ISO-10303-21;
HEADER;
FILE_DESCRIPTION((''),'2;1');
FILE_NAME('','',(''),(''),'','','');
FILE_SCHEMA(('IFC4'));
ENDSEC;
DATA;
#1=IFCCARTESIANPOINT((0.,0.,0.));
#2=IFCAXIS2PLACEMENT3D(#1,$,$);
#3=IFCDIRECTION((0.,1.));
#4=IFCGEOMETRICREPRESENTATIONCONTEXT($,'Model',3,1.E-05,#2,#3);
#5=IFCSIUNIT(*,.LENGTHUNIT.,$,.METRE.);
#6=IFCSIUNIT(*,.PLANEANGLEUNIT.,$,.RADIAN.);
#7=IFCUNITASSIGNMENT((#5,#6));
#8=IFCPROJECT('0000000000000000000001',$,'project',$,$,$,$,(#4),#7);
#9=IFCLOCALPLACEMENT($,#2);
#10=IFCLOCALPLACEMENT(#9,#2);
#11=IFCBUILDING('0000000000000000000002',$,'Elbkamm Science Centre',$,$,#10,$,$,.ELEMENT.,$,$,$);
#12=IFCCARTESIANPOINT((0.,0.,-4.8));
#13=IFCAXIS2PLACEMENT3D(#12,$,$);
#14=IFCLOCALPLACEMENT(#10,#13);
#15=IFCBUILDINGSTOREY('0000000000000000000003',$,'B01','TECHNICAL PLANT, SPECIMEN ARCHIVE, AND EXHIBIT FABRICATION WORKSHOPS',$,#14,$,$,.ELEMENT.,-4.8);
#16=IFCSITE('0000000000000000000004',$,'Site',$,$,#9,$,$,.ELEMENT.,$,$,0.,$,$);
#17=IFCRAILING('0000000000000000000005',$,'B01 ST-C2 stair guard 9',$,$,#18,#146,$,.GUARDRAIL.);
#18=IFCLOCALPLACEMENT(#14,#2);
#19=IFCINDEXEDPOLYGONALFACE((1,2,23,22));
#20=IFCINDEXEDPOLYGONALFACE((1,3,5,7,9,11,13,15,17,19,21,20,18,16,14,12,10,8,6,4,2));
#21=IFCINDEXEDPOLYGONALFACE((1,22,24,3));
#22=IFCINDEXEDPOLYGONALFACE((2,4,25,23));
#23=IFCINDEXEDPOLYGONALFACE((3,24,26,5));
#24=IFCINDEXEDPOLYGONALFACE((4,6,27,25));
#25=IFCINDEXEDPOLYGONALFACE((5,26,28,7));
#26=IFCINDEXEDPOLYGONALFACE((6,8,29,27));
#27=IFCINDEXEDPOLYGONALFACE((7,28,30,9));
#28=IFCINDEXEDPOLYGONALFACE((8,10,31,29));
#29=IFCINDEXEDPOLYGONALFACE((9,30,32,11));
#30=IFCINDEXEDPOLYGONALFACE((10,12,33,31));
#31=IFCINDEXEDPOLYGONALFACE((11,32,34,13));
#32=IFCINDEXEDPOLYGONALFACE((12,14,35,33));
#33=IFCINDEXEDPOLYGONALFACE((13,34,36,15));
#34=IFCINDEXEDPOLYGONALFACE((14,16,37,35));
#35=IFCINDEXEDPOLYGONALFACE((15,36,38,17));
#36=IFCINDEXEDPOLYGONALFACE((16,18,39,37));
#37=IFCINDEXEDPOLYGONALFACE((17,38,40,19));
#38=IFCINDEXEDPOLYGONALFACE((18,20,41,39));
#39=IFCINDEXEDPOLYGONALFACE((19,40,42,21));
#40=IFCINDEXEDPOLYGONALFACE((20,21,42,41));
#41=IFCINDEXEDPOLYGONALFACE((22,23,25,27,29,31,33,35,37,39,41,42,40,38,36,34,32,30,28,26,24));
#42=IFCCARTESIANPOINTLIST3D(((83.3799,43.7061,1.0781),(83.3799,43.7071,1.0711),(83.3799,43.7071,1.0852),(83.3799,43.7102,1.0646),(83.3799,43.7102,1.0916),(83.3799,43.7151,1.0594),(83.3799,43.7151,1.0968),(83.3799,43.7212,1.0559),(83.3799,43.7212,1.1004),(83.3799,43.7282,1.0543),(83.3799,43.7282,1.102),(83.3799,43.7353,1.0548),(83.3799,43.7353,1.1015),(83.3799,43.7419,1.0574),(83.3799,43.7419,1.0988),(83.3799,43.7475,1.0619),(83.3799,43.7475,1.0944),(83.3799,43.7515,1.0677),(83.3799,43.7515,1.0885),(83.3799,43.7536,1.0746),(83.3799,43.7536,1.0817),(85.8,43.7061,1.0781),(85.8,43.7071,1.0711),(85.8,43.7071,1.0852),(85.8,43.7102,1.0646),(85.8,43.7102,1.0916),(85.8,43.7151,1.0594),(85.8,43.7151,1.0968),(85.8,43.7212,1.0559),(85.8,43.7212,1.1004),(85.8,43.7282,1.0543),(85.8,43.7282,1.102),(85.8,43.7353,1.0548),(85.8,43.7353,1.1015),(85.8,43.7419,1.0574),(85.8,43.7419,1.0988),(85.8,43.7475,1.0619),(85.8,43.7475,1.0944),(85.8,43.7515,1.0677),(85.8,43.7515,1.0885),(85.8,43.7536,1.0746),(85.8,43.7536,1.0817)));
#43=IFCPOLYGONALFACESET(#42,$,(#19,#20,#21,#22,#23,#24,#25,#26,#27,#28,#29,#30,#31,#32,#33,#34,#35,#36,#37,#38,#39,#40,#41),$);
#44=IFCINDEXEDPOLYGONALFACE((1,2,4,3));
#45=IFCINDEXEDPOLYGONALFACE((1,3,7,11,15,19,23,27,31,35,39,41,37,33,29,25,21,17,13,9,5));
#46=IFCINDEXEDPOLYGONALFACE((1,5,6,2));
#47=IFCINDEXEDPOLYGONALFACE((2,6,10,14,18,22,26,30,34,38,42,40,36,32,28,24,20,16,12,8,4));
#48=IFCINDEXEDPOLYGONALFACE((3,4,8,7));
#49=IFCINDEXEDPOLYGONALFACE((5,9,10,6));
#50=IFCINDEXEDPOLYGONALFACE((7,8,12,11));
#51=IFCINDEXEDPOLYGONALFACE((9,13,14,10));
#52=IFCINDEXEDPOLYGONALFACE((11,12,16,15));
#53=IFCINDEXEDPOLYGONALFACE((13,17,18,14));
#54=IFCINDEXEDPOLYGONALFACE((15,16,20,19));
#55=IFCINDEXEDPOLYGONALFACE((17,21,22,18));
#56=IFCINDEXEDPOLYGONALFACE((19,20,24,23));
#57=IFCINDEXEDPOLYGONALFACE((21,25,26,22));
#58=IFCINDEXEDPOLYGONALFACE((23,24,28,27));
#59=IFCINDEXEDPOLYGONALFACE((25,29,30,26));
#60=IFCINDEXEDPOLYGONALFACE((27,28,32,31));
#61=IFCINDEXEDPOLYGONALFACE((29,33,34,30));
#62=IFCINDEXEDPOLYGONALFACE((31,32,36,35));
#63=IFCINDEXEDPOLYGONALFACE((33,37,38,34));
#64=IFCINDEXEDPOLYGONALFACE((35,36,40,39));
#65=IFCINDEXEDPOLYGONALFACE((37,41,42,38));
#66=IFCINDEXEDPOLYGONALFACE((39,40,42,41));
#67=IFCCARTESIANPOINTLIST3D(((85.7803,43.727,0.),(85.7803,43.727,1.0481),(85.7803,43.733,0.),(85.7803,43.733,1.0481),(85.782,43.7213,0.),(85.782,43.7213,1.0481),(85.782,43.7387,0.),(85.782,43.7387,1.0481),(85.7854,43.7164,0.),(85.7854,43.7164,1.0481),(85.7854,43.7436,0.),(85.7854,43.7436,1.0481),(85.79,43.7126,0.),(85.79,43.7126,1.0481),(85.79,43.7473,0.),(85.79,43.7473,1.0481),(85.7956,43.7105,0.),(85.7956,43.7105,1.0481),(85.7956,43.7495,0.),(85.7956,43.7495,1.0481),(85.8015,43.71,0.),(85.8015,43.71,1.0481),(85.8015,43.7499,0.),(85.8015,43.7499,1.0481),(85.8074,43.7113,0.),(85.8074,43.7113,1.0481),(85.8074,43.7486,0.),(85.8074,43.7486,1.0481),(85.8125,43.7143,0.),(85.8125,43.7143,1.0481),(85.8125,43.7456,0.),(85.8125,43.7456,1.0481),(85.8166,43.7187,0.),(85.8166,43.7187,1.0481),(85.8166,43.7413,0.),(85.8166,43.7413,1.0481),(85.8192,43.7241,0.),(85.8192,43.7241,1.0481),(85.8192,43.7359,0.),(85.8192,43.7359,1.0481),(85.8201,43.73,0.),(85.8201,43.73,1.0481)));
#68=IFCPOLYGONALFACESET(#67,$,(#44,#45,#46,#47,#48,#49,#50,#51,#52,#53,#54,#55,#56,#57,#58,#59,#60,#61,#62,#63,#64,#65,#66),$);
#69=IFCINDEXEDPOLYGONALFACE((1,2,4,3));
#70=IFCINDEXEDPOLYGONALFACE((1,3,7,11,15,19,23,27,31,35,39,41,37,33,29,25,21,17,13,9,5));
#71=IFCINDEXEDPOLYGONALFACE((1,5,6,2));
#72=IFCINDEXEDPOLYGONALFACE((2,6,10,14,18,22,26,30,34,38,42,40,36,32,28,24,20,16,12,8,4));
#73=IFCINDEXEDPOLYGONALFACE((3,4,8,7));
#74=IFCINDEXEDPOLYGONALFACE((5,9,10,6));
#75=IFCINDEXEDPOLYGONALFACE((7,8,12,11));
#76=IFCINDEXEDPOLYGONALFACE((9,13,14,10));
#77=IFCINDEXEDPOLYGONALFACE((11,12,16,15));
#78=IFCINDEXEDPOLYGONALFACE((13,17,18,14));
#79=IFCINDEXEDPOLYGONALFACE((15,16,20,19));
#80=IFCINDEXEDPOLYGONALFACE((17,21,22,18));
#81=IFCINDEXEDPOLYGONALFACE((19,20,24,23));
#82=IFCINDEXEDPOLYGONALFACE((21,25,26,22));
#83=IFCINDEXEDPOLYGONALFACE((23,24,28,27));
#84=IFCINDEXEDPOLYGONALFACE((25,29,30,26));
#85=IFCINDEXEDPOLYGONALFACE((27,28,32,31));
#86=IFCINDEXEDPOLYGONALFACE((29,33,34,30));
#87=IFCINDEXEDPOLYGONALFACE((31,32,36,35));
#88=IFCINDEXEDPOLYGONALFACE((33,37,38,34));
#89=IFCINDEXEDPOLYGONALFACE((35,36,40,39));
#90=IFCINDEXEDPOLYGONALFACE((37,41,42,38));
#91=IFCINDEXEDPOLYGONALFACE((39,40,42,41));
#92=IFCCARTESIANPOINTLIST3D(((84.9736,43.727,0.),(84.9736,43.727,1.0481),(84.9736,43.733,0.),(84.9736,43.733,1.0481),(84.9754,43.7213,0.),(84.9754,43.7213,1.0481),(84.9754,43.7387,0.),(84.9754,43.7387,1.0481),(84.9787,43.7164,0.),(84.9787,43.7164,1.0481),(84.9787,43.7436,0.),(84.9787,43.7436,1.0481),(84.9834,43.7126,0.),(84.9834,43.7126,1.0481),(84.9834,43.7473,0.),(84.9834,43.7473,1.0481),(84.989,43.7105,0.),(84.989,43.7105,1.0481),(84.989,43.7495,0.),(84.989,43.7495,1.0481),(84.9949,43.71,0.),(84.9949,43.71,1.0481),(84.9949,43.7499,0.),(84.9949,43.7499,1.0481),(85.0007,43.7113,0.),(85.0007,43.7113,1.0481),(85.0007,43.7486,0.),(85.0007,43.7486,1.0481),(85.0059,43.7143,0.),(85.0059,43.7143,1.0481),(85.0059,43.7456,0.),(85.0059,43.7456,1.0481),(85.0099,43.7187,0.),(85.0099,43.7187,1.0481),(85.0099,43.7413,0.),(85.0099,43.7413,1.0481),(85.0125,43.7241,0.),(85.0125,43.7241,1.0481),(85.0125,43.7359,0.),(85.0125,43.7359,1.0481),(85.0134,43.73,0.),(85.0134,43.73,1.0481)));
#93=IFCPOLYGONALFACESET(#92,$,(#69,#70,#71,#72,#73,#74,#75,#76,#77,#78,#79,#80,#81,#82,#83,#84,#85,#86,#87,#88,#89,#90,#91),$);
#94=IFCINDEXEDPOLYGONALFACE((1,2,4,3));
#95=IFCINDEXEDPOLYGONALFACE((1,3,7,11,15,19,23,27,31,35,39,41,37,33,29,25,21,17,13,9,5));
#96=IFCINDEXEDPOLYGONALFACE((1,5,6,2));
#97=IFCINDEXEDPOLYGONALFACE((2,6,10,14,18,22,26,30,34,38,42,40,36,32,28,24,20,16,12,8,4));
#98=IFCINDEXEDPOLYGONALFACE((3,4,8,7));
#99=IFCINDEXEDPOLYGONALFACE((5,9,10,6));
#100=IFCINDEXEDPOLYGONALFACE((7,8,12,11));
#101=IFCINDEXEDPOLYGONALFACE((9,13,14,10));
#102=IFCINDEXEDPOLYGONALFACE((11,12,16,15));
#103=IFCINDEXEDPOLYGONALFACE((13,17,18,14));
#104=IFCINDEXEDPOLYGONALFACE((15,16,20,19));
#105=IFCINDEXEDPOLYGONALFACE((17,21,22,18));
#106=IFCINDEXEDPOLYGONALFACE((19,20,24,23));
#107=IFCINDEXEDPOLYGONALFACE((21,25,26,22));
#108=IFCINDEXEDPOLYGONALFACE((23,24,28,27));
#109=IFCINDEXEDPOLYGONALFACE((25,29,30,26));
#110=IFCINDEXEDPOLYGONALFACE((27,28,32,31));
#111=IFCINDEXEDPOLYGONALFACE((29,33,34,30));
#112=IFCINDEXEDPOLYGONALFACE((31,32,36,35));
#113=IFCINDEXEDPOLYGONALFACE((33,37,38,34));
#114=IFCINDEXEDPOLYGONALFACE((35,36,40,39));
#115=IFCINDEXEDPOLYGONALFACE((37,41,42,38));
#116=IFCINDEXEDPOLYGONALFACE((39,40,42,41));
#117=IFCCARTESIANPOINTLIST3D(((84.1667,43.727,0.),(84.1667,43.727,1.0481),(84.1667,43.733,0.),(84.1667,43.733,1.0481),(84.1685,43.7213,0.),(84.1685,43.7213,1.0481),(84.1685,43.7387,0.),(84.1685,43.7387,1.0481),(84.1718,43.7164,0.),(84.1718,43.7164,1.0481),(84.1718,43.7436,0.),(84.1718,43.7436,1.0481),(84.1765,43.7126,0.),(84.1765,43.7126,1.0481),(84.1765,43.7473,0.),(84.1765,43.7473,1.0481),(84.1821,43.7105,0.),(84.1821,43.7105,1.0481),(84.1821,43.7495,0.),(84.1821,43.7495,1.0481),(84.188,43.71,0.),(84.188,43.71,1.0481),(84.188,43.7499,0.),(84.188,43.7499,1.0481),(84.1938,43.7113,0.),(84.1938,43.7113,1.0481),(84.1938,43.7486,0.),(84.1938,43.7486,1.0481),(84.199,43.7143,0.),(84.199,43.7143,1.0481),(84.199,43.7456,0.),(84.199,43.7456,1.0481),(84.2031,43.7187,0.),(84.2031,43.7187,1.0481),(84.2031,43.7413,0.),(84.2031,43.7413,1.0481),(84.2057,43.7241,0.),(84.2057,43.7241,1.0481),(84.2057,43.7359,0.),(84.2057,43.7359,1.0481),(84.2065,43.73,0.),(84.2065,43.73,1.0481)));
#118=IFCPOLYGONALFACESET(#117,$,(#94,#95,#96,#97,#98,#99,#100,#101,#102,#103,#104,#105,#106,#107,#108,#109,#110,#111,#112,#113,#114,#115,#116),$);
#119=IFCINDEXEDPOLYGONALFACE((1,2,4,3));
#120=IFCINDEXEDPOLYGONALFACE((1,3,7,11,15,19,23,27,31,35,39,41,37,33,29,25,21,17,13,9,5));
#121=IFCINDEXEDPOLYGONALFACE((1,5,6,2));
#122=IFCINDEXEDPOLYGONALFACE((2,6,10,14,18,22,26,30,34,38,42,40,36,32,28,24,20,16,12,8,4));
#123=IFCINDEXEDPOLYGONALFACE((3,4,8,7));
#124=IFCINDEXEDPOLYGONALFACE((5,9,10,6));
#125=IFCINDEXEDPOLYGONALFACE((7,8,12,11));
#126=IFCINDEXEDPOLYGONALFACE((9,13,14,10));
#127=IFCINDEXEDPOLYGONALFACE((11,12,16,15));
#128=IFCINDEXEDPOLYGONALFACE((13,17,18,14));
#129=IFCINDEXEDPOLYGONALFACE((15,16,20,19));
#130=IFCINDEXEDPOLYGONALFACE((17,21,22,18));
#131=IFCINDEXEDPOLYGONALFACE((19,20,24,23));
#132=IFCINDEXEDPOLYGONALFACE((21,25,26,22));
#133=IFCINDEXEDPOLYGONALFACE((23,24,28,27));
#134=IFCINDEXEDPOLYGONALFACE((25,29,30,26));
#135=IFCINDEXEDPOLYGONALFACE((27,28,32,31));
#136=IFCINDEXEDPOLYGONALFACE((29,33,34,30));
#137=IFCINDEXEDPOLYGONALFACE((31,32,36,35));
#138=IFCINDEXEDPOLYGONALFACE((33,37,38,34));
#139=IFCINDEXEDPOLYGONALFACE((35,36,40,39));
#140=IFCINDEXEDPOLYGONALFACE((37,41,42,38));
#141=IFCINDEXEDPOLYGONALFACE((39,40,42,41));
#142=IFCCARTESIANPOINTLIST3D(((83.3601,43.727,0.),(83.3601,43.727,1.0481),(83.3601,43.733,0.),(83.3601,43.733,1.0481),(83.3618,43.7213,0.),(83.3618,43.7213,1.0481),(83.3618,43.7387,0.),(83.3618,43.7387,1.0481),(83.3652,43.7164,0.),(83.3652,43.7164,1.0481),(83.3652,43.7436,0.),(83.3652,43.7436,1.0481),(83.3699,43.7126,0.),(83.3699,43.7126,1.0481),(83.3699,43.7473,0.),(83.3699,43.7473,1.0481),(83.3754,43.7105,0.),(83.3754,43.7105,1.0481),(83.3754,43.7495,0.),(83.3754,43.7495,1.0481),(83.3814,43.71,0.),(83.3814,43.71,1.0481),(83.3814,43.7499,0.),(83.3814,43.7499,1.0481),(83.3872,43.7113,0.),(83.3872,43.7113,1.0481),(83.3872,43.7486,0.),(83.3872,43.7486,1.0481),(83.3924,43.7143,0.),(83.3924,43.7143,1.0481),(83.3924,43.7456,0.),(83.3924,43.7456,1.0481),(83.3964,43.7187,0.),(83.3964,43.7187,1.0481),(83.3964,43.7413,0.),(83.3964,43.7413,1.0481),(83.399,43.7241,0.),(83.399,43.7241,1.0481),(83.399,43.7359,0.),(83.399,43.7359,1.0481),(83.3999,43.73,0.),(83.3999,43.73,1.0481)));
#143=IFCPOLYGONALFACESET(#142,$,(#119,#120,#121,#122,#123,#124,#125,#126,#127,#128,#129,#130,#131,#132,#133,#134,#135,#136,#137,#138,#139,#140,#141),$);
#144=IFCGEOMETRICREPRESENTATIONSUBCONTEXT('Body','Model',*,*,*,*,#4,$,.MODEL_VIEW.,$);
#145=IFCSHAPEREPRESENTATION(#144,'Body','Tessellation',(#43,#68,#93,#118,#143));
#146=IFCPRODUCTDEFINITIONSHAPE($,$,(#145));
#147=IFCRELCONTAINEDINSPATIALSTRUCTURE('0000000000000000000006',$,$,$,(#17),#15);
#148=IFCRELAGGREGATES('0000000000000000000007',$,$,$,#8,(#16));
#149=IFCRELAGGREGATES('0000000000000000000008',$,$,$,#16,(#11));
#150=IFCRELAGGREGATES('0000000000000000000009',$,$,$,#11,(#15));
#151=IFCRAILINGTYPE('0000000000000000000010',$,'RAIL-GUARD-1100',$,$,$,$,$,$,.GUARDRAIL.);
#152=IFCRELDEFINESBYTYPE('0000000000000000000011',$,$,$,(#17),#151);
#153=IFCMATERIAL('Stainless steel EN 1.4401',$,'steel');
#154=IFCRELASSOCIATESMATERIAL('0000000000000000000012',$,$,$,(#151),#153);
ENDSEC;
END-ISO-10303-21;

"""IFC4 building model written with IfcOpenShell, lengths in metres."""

from ifc_helpers import new_model, si_unit, direction, frame, origin, origin_2d, place, context, subcontext, project, spatial, circle, extrude, material, type_object, element, save


model = new_model("IFC4")

# Units and contexts
model_context = context("Model", 3, precision=1e-05, world=origin(), true_north=direction((0.0, 1.0)))
body_context = subcontext(model_context, "Body", "Model", "MODEL_VIEW")
ifc_project = project(units=[si_unit("LENGTHUNIT", "METRE"), si_unit("PLANEANGLEUNIT", "RADIAN")], contexts=[model_context])

# Site, building, storey
site_placement = place(None, origin())
site = spatial("IfcSite", under=ifc_project, at=site_placement, Name="Site", CompositionType="ELEMENT", RefElevation=0.0)
building_placement = place(site_placement, origin())
building = spatial("IfcBuilding", under=site, at=building_placement, Name="Elbkamm Science Centre", CompositionType="ELEMENT")
storey_placement = place(building_placement, frame((0.0, 0.0, -4.8)))
storey = spatial("IfcBuildingStorey", under=building, at=storey_placement, Name="B01", Description="TECHNICAL PLANT, SPECIMEN ARCHIVE, AND EXHIBIT FABRICATION WORKSHOPS", CompositionType="ELEMENT", Elevation=-4.8)

# Railing
ifc_material_1 = material(Name="Stainless steel EN 1.4401", Category="steel")
railing_type_1 = type_object("IfcRailingType", Name="RAIL-GUARD-1100", PredefinedType="GUARDRAIL", material=ifc_material_1)
for number, where, name in (
    (1, (85.8, 43.73, 0.0), "B01 ST-C2 stair guard 9"),
):
    element("IfcRailing", number, at=place(storey_placement, frame(where)), inside=storey, type_object=railing_type_1, Name=name, PredefinedType="GUARDRAIL", context=body_context, shape_type="SweptSolid", body=[
        extrude(circle(Radius=0.0239, at=origin_2d()), frame((0.0, 0.0, 1.0781), z_axis=(-1.0, 0.0, 0.0), x_axis=(0.0, -1.0, 0.0)), (0.0, 0.0, 1.0), 2.4202),
        extrude(circle(Radius=0.02, at=origin_2d()), origin(), (0.0, 0.0, 1.0), 1.0481),
        extrude(circle(Radius=0.02, at=origin_2d()), frame((-0.8066, 0.0, 0.0)), (0.0, 0.0, 1.0), 1.0481),
        extrude(circle(Radius=0.02, at=origin_2d()), frame((-1.6135, 0.0, 0.0)), (0.0, 0.0, 1.0), 1.0481),
        extrude(circle(Radius=0.02, at=origin_2d()), frame((-2.4202, 0.0, 0.0)), (0.0, 0.0, 1.0), 1.0481),
    ])

save(model, "model.ifc")
